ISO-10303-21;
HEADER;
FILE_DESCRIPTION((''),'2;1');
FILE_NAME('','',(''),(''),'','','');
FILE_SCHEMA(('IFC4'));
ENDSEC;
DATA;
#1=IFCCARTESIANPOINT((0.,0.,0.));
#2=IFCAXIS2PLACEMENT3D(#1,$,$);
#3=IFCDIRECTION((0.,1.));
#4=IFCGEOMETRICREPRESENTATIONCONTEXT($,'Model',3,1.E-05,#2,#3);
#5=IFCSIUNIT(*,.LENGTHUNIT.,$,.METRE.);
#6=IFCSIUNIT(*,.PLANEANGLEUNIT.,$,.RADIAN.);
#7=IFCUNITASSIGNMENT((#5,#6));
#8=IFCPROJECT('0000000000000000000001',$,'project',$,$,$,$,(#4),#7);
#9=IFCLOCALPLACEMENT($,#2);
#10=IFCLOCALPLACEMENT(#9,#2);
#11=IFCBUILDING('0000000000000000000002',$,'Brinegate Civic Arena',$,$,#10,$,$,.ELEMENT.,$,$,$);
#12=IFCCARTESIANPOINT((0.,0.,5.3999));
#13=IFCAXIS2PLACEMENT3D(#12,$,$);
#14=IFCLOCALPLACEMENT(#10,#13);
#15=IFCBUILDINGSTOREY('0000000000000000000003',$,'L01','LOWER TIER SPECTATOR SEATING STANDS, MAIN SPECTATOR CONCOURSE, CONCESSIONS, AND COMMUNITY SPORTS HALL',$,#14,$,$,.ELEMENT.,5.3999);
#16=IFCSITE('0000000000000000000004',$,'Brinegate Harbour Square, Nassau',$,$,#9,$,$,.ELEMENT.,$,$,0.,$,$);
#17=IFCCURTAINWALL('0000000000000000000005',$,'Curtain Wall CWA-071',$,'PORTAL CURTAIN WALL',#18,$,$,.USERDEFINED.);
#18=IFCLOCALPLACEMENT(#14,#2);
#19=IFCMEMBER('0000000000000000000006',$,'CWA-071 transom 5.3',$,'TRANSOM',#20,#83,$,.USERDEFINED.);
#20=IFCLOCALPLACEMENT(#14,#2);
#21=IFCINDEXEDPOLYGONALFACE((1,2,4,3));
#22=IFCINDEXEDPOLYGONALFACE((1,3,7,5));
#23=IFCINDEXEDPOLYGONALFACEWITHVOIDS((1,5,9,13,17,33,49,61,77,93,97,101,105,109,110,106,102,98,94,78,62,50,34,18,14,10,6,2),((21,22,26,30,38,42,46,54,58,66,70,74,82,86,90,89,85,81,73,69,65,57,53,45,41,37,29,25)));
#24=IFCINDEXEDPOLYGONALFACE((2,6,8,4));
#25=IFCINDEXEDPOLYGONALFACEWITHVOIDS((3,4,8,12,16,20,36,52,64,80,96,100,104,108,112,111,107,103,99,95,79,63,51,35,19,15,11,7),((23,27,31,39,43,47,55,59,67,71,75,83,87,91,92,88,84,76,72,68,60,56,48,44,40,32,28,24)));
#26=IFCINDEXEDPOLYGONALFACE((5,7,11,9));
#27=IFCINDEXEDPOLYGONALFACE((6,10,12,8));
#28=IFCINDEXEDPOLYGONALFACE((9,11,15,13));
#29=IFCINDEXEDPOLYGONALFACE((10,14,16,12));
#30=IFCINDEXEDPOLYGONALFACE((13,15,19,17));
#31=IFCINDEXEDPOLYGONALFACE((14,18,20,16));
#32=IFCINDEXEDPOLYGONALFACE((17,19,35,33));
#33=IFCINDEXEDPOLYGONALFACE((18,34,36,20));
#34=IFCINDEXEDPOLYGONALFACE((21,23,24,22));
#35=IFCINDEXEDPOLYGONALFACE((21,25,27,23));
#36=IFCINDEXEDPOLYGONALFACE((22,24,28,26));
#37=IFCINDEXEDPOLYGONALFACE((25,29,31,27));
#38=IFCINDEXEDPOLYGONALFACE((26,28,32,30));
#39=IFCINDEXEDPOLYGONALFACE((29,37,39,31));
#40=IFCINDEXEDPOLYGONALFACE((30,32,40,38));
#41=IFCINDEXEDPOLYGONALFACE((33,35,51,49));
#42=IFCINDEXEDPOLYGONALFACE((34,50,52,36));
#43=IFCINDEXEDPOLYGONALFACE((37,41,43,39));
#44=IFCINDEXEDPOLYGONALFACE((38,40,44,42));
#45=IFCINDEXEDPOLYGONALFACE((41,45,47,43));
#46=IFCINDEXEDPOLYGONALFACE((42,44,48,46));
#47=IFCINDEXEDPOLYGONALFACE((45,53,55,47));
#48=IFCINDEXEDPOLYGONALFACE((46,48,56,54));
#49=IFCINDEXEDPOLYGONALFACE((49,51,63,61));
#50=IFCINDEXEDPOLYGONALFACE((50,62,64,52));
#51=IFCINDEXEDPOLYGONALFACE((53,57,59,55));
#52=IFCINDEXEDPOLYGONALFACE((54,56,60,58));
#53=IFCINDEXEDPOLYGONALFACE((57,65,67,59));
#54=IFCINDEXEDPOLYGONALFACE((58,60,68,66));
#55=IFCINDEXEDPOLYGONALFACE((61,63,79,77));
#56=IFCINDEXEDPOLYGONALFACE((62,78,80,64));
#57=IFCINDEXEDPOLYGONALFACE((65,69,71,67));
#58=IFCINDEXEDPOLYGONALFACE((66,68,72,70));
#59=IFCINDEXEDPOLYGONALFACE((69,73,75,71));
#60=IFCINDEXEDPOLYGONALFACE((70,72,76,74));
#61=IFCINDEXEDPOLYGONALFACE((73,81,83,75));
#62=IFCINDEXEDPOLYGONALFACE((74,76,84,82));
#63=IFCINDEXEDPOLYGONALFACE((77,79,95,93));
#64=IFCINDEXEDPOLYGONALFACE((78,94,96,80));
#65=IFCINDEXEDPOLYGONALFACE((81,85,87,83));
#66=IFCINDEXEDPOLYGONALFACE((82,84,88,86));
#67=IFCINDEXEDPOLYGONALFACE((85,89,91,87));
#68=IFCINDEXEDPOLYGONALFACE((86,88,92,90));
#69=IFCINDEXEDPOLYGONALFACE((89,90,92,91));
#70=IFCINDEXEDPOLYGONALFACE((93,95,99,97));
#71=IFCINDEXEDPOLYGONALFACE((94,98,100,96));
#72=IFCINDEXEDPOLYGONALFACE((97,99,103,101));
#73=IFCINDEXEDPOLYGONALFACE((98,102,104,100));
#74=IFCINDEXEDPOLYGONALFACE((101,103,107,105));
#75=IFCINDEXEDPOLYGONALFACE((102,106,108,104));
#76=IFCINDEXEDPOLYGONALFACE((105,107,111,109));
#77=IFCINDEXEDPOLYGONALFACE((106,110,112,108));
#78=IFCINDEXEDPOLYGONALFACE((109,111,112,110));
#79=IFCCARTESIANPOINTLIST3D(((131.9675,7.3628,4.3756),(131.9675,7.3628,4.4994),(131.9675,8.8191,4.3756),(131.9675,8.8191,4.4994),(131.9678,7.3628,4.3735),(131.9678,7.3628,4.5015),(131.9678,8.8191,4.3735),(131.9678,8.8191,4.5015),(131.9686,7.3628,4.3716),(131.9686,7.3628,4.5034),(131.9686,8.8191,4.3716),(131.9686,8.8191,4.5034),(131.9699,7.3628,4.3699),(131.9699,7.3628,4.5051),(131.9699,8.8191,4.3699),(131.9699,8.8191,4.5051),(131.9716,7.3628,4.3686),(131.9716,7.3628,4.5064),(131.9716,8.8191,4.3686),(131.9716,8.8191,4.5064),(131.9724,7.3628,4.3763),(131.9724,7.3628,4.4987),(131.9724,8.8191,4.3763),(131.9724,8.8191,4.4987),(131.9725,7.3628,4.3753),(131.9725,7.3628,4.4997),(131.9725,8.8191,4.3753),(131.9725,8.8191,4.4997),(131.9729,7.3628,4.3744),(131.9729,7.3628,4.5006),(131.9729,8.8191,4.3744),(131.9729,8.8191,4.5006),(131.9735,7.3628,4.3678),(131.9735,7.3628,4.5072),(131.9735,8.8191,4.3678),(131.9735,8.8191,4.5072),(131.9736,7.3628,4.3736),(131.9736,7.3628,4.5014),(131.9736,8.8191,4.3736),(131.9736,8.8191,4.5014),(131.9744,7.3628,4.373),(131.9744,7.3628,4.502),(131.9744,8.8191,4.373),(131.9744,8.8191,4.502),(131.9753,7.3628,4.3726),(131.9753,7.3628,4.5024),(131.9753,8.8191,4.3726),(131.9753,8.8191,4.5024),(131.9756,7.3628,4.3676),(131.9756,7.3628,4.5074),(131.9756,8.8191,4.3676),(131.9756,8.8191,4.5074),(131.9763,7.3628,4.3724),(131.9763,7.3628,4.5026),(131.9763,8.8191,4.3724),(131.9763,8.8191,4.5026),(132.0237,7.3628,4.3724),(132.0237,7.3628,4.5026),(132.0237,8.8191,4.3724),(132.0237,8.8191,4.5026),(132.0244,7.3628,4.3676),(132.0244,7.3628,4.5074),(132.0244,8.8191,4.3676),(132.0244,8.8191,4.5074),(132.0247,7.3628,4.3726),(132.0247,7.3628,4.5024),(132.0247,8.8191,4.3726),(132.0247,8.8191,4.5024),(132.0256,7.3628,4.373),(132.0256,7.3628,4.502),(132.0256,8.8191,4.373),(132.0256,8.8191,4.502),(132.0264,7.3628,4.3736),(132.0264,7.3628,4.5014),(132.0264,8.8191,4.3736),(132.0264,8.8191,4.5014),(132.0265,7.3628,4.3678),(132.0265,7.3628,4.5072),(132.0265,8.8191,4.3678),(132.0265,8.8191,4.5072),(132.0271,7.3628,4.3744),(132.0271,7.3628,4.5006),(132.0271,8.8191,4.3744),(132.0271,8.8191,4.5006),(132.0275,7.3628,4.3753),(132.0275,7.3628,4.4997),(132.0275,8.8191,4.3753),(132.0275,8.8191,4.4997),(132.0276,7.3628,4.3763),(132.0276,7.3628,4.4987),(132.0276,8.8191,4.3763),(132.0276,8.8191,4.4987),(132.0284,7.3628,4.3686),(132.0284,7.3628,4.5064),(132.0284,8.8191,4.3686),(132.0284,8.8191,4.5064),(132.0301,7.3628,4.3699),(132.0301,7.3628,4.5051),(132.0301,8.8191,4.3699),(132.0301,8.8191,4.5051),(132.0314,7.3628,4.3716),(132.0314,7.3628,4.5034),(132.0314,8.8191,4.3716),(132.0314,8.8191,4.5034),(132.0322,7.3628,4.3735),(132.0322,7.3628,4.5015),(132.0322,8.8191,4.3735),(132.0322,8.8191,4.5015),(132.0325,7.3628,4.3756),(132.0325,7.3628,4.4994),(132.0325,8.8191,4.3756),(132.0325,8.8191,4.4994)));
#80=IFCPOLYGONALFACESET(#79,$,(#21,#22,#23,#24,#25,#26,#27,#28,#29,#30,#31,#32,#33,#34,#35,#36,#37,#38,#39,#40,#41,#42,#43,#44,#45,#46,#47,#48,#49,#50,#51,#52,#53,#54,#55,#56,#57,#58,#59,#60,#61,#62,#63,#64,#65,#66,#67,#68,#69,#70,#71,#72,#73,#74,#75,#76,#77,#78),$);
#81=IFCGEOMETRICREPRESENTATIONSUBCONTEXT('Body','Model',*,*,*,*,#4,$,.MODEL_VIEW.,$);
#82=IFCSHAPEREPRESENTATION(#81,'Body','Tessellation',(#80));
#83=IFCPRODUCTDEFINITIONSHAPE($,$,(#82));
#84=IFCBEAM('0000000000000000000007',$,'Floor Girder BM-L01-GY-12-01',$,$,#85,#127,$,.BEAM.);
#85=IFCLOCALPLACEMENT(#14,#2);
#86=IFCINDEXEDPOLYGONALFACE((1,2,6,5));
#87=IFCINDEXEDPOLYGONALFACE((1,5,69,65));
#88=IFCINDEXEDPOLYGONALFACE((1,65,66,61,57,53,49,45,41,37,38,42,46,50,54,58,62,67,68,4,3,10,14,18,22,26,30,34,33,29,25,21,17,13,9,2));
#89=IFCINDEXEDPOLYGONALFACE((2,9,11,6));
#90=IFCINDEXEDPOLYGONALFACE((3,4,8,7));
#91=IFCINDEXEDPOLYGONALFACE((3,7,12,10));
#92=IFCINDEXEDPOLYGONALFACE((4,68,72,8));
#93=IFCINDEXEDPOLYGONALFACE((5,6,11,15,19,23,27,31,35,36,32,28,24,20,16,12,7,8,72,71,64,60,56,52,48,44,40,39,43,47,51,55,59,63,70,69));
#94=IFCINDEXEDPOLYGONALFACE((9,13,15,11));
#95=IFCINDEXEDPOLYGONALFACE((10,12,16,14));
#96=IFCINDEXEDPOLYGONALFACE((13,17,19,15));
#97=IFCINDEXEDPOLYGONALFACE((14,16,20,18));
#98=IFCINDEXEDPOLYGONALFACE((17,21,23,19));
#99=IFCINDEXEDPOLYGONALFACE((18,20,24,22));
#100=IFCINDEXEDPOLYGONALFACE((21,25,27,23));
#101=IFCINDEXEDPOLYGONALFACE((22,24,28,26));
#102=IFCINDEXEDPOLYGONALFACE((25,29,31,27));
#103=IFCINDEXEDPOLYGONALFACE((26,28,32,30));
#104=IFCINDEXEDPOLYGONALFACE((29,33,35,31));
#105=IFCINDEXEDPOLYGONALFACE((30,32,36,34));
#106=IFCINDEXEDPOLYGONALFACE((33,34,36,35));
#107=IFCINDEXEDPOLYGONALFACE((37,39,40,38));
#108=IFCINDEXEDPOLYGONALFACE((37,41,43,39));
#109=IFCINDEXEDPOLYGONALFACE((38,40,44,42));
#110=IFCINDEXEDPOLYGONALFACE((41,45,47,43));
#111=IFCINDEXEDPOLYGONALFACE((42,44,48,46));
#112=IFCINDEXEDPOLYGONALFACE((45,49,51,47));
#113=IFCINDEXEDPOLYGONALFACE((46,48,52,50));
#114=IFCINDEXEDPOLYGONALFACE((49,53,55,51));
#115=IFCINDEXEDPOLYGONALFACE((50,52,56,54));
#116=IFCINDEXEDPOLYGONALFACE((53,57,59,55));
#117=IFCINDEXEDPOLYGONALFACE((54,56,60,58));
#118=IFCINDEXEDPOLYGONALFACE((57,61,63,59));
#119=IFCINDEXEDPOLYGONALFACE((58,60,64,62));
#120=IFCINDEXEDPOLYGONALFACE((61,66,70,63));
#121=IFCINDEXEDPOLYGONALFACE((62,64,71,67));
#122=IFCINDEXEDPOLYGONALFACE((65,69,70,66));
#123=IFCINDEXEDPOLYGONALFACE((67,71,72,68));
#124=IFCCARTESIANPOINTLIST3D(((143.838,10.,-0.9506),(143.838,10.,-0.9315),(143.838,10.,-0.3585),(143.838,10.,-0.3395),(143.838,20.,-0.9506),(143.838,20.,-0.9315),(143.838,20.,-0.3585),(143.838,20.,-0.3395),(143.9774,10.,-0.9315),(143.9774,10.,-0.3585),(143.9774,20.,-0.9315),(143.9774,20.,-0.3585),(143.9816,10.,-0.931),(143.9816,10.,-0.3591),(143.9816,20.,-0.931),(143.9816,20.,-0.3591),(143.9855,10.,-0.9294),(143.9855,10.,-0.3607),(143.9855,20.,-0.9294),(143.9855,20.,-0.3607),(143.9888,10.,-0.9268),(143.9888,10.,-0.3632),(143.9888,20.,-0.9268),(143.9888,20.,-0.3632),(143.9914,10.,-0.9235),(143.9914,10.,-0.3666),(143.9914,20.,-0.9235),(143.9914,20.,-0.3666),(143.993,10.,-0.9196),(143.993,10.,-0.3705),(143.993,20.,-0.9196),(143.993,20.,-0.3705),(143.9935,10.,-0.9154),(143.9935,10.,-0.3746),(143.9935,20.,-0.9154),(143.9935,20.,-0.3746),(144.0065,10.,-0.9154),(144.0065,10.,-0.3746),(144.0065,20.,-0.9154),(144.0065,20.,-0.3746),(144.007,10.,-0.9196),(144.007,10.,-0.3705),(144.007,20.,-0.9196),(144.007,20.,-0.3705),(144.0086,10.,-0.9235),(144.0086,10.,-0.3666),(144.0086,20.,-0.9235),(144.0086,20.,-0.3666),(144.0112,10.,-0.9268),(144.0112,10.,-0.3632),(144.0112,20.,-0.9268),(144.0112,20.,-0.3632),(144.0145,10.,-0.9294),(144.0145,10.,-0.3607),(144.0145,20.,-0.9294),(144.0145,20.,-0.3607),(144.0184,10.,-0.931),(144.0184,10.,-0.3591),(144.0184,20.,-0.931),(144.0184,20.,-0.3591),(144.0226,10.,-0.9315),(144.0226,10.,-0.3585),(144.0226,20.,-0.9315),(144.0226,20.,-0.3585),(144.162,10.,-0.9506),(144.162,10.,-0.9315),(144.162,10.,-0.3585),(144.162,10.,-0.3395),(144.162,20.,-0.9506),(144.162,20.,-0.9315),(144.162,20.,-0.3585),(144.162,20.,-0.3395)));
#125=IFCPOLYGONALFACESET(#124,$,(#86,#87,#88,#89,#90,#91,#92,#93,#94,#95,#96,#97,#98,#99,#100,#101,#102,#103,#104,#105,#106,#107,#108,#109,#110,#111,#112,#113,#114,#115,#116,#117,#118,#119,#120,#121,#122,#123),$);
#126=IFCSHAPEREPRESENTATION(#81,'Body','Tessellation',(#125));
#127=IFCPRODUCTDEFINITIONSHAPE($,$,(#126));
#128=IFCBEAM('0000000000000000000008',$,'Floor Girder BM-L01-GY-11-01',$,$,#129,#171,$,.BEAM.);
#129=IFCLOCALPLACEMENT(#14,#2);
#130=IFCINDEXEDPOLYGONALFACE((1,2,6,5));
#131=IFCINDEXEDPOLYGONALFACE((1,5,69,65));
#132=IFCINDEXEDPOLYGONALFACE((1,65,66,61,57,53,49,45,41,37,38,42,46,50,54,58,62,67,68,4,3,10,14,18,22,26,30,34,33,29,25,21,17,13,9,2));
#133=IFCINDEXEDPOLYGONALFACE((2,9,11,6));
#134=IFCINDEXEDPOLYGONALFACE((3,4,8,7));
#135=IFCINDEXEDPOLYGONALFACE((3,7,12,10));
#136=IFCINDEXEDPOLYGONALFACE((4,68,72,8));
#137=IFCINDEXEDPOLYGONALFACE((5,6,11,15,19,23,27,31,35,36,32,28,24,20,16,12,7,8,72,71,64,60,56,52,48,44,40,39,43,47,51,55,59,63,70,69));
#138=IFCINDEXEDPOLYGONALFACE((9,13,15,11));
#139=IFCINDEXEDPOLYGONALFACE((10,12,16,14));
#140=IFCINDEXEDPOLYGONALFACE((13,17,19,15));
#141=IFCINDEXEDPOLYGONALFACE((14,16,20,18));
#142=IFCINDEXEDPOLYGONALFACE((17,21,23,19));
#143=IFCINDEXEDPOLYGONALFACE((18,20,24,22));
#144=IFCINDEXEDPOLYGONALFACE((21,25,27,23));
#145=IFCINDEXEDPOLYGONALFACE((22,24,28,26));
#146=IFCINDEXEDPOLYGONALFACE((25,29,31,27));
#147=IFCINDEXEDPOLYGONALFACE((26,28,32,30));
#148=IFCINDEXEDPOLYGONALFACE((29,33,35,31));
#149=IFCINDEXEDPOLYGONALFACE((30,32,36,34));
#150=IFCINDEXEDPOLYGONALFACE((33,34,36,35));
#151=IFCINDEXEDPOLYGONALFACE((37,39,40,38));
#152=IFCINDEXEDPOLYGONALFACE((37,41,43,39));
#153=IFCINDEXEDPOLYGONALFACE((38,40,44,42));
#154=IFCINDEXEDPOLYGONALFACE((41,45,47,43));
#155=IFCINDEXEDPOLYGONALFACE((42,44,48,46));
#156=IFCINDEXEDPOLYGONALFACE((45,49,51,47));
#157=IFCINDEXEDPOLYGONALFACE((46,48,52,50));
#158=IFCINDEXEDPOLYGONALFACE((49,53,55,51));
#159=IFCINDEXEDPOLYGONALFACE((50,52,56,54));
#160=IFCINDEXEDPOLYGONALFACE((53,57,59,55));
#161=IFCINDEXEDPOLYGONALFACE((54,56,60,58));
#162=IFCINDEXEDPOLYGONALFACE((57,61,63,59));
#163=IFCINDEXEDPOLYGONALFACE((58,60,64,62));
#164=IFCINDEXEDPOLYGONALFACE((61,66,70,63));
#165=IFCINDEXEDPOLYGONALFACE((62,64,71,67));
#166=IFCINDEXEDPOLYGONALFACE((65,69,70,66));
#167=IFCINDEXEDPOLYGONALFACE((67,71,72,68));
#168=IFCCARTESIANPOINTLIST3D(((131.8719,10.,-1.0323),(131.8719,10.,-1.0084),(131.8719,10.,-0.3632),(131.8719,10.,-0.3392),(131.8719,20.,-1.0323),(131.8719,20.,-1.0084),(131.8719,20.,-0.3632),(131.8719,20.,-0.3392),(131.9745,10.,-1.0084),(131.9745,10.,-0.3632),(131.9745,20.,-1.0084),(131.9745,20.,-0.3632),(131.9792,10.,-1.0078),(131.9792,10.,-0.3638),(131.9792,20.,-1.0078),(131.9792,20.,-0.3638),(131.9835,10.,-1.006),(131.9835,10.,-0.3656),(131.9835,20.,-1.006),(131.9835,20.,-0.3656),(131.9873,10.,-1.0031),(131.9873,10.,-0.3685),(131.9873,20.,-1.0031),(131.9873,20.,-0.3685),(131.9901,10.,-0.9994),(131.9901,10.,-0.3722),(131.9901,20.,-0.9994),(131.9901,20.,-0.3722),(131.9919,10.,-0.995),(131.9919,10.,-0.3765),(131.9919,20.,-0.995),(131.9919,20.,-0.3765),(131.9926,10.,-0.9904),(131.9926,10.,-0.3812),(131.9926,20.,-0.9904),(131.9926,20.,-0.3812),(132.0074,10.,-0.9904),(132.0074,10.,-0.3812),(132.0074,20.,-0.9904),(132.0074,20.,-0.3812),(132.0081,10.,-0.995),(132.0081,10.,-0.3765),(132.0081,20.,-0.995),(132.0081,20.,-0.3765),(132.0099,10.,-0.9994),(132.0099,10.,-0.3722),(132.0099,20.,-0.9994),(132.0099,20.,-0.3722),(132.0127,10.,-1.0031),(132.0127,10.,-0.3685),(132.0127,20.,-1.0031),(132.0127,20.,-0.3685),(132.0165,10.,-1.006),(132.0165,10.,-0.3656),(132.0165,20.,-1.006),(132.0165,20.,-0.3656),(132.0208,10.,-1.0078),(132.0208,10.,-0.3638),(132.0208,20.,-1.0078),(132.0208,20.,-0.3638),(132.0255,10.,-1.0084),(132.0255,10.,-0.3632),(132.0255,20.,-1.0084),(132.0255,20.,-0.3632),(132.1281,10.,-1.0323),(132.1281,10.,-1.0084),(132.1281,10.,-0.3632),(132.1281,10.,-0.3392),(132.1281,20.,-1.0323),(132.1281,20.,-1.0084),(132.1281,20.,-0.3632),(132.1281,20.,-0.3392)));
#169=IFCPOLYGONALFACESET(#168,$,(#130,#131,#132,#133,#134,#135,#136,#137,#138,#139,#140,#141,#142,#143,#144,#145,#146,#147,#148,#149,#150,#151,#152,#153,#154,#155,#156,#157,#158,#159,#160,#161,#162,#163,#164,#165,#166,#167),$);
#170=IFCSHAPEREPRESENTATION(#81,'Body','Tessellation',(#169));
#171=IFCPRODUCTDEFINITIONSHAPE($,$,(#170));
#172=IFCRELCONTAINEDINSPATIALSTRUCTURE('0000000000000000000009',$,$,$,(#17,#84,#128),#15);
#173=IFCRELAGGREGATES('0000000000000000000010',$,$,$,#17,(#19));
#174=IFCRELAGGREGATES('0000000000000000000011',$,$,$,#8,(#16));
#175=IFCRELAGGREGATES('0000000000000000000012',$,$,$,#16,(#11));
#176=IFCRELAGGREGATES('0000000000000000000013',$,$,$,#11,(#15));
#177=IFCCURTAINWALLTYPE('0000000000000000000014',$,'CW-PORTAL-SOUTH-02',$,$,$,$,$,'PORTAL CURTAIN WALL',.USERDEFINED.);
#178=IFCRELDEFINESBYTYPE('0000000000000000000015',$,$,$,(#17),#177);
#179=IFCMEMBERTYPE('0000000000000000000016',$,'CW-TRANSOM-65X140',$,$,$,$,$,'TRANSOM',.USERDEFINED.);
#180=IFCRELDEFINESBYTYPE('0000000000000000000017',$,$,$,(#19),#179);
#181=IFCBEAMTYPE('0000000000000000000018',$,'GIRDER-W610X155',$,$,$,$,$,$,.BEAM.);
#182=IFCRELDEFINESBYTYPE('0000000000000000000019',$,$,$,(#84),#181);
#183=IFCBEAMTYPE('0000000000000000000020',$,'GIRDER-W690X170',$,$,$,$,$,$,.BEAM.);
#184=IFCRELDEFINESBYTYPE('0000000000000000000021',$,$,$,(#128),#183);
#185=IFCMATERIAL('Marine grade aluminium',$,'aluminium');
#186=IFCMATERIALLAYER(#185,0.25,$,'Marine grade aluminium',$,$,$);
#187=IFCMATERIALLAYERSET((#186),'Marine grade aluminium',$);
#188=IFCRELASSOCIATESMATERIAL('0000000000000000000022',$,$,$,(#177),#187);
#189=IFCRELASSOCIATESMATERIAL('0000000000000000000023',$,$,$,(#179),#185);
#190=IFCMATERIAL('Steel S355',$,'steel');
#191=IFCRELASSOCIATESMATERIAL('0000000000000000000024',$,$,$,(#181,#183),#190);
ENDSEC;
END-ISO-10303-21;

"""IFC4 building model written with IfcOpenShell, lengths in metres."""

from ifc_helpers import new_model, si_unit, direction, frame, origin, origin_2d, place, context, subcontext, project, spatial, hollow_rectangle, i_section, extrude, material, layer, layer_set, material_profile, profile_set, type_object, element, aggregate, save


model = new_model("IFC4")

# Units and contexts
model_context = context("Model", 3, precision=1e-05, world=origin(), true_north=direction((0.0, 1.0)))
body_context = subcontext(model_context, "Body", "Model", "MODEL_VIEW")
ifc_project = project(units=[si_unit("LENGTHUNIT", "METRE"), si_unit("PLANEANGLEUNIT", "RADIAN")], contexts=[model_context])

# Site, building, storey
site_placement = place(None, origin())
site = spatial("IfcSite", under=ifc_project, at=site_placement, Name="Brinegate Harbour Square, Nassau", CompositionType="ELEMENT", RefElevation=0.0)
building_placement = place(site_placement, origin())
building = spatial("IfcBuilding", under=site, at=building_placement, Name="Brinegate Civic Arena", CompositionType="ELEMENT")
storey_placement = place(building_placement, frame((0.0, 0.0, 5.3999)))
storey = spatial("IfcBuildingStorey", under=building, at=storey_placement, Name="L01", Description="LOWER TIER SPECTATOR SEATING STANDS, MAIN SPECTATOR CONCOURSE, CONCESSIONS, AND COMMUNITY SPORTS HALL", CompositionType="ELEMENT", Elevation=5.3999)

# Curtain wall, member
ifc_material_1 = material(Name="Marine grade aluminium", Category="aluminium")
ifc_layer_1 = layer(ifc_material_1, 0.25, Name="Marine grade aluminium")
ifc_layer_set_1 = layer_set([ifc_layer_1], Name="Marine grade aluminium")
curtain_wall_type = type_object("IfcCurtainWallType", Name="CW-PORTAL-SOUTH-02", ElementType="PORTAL CURTAIN WALL", PredefinedType="USERDEFINED", material=ifc_layer_set_1)
curtain_wall_placement = place(storey_placement, origin())
curtain_wall = element("IfcCurtainWall", 1, at=curtain_wall_placement, inside=storey, type_object=curtain_wall_type, Name="Curtain Wall CWA-071", ObjectType="PORTAL CURTAIN WALL", PredefinedType="USERDEFINED")
ifc_material_profile_1 = material_profile(ifc_material_1, hollow_rectangle(XDim=0.0649, YDim=0.1399, WallThickness=0.0049, InnerFilletRadius=0.0039, OuterFilletRadius=0.0081, at=origin_2d()), Name="TRN65X140")
ifc_profile_set_1 = profile_set([ifc_material_profile_1], Name="Marine grade aluminium")
member_type_1 = type_object("IfcMemberType", Name="CW-TRANSOM-65X140", ElementType="TRANSOM", PredefinedType="USERDEFINED", material=ifc_profile_set_1)
member_1_placement = place(storey_placement, frame((132.0, 7.3628, 4.4375), z_axis=(0.0, 1.0, 0.0), x_axis=(-1.0, 0.0, 0.0)))
member_1 = element("IfcMember", 2, at=member_1_placement, type_object=member_type_1, Name="CWA-071 transom 5.3", ObjectType="TRANSOM", PredefinedType="USERDEFINED", context=body_context, shape_type="SweptSolid", body=[
    extrude(hollow_rectangle(XDim=0.0649, YDim=0.1399, WallThickness=0.0049, InnerFilletRadius=0.0039, OuterFilletRadius=0.0081, at=origin_2d()), origin(), (0.0, 0.0, 1.0), 1.4563),
])

# Beams
ifc_material_2 = material(Name="Steel S355", Category="steel")
ifc_material_profile_2 = material_profile(ifc_material_2, i_section(OverallWidth=0.324, OverallDepth=0.6111, WebThickness=0.0129, FlangeThickness=0.019, FilletRadius=0.0161, at=origin_2d()), Name="W610X155")
ifc_profile_set_2 = profile_set([ifc_material_profile_2], Name="Steel S355")
beam_type_1 = type_object("IfcBeamType", Name="GIRDER-W610X155", PredefinedType="BEAM", material=ifc_profile_set_2)
beam_1_placement = place(storey_placement, frame((144.0, 10.0, -0.645), z_axis=(0.0, 1.0, 0.0), x_axis=(-1.0, 0.0, 0.0)))
element("IfcBeam", 3, at=beam_1_placement, inside=storey, type_object=beam_type_1, Name="Floor Girder BM-L01-GY-12-01", PredefinedType="BEAM", context=body_context, shape_type="SweptSolid", body=[
    extrude(i_section(OverallWidth=0.324, OverallDepth=0.6111, WebThickness=0.0129, FlangeThickness=0.019, FilletRadius=0.0161, at=origin_2d()), origin(), (0.0, 0.0, 1.0), 10.0),
])
ifc_material_profile_3 = material_profile(ifc_material_2, i_section(OverallWidth=0.2561, OverallDepth=0.6931, WebThickness=0.0149, FlangeThickness=0.0239, FilletRadius=0.0181, at=origin_2d()), Name="W690X170")
ifc_profile_set_3 = profile_set([ifc_material_profile_3], Name="Steel S355")
beam_type_2 = type_object("IfcBeamType", Name="GIRDER-W690X170", PredefinedType="BEAM", material=ifc_profile_set_3)
beam_2_placement = place(storey_placement, frame((132.0, 10.0, -0.6858), z_axis=(0.0, 1.0, 0.0), x_axis=(-1.0, 0.0, 0.0)))
element("IfcBeam", 4, at=beam_2_placement, inside=storey, type_object=beam_type_2, Name="Floor Girder BM-L01-GY-11-01", PredefinedType="BEAM", context=body_context, shape_type="SweptSolid", body=[
    extrude(i_section(OverallWidth=0.2561, OverallDepth=0.6931, WebThickness=0.0149, FlangeThickness=0.0239, FilletRadius=0.0181, at=origin_2d()), origin(), (0.0, 0.0, 1.0), 10.0),
])

aggregate(curtain_wall, [member_1])

save(model, "model.ifc")
